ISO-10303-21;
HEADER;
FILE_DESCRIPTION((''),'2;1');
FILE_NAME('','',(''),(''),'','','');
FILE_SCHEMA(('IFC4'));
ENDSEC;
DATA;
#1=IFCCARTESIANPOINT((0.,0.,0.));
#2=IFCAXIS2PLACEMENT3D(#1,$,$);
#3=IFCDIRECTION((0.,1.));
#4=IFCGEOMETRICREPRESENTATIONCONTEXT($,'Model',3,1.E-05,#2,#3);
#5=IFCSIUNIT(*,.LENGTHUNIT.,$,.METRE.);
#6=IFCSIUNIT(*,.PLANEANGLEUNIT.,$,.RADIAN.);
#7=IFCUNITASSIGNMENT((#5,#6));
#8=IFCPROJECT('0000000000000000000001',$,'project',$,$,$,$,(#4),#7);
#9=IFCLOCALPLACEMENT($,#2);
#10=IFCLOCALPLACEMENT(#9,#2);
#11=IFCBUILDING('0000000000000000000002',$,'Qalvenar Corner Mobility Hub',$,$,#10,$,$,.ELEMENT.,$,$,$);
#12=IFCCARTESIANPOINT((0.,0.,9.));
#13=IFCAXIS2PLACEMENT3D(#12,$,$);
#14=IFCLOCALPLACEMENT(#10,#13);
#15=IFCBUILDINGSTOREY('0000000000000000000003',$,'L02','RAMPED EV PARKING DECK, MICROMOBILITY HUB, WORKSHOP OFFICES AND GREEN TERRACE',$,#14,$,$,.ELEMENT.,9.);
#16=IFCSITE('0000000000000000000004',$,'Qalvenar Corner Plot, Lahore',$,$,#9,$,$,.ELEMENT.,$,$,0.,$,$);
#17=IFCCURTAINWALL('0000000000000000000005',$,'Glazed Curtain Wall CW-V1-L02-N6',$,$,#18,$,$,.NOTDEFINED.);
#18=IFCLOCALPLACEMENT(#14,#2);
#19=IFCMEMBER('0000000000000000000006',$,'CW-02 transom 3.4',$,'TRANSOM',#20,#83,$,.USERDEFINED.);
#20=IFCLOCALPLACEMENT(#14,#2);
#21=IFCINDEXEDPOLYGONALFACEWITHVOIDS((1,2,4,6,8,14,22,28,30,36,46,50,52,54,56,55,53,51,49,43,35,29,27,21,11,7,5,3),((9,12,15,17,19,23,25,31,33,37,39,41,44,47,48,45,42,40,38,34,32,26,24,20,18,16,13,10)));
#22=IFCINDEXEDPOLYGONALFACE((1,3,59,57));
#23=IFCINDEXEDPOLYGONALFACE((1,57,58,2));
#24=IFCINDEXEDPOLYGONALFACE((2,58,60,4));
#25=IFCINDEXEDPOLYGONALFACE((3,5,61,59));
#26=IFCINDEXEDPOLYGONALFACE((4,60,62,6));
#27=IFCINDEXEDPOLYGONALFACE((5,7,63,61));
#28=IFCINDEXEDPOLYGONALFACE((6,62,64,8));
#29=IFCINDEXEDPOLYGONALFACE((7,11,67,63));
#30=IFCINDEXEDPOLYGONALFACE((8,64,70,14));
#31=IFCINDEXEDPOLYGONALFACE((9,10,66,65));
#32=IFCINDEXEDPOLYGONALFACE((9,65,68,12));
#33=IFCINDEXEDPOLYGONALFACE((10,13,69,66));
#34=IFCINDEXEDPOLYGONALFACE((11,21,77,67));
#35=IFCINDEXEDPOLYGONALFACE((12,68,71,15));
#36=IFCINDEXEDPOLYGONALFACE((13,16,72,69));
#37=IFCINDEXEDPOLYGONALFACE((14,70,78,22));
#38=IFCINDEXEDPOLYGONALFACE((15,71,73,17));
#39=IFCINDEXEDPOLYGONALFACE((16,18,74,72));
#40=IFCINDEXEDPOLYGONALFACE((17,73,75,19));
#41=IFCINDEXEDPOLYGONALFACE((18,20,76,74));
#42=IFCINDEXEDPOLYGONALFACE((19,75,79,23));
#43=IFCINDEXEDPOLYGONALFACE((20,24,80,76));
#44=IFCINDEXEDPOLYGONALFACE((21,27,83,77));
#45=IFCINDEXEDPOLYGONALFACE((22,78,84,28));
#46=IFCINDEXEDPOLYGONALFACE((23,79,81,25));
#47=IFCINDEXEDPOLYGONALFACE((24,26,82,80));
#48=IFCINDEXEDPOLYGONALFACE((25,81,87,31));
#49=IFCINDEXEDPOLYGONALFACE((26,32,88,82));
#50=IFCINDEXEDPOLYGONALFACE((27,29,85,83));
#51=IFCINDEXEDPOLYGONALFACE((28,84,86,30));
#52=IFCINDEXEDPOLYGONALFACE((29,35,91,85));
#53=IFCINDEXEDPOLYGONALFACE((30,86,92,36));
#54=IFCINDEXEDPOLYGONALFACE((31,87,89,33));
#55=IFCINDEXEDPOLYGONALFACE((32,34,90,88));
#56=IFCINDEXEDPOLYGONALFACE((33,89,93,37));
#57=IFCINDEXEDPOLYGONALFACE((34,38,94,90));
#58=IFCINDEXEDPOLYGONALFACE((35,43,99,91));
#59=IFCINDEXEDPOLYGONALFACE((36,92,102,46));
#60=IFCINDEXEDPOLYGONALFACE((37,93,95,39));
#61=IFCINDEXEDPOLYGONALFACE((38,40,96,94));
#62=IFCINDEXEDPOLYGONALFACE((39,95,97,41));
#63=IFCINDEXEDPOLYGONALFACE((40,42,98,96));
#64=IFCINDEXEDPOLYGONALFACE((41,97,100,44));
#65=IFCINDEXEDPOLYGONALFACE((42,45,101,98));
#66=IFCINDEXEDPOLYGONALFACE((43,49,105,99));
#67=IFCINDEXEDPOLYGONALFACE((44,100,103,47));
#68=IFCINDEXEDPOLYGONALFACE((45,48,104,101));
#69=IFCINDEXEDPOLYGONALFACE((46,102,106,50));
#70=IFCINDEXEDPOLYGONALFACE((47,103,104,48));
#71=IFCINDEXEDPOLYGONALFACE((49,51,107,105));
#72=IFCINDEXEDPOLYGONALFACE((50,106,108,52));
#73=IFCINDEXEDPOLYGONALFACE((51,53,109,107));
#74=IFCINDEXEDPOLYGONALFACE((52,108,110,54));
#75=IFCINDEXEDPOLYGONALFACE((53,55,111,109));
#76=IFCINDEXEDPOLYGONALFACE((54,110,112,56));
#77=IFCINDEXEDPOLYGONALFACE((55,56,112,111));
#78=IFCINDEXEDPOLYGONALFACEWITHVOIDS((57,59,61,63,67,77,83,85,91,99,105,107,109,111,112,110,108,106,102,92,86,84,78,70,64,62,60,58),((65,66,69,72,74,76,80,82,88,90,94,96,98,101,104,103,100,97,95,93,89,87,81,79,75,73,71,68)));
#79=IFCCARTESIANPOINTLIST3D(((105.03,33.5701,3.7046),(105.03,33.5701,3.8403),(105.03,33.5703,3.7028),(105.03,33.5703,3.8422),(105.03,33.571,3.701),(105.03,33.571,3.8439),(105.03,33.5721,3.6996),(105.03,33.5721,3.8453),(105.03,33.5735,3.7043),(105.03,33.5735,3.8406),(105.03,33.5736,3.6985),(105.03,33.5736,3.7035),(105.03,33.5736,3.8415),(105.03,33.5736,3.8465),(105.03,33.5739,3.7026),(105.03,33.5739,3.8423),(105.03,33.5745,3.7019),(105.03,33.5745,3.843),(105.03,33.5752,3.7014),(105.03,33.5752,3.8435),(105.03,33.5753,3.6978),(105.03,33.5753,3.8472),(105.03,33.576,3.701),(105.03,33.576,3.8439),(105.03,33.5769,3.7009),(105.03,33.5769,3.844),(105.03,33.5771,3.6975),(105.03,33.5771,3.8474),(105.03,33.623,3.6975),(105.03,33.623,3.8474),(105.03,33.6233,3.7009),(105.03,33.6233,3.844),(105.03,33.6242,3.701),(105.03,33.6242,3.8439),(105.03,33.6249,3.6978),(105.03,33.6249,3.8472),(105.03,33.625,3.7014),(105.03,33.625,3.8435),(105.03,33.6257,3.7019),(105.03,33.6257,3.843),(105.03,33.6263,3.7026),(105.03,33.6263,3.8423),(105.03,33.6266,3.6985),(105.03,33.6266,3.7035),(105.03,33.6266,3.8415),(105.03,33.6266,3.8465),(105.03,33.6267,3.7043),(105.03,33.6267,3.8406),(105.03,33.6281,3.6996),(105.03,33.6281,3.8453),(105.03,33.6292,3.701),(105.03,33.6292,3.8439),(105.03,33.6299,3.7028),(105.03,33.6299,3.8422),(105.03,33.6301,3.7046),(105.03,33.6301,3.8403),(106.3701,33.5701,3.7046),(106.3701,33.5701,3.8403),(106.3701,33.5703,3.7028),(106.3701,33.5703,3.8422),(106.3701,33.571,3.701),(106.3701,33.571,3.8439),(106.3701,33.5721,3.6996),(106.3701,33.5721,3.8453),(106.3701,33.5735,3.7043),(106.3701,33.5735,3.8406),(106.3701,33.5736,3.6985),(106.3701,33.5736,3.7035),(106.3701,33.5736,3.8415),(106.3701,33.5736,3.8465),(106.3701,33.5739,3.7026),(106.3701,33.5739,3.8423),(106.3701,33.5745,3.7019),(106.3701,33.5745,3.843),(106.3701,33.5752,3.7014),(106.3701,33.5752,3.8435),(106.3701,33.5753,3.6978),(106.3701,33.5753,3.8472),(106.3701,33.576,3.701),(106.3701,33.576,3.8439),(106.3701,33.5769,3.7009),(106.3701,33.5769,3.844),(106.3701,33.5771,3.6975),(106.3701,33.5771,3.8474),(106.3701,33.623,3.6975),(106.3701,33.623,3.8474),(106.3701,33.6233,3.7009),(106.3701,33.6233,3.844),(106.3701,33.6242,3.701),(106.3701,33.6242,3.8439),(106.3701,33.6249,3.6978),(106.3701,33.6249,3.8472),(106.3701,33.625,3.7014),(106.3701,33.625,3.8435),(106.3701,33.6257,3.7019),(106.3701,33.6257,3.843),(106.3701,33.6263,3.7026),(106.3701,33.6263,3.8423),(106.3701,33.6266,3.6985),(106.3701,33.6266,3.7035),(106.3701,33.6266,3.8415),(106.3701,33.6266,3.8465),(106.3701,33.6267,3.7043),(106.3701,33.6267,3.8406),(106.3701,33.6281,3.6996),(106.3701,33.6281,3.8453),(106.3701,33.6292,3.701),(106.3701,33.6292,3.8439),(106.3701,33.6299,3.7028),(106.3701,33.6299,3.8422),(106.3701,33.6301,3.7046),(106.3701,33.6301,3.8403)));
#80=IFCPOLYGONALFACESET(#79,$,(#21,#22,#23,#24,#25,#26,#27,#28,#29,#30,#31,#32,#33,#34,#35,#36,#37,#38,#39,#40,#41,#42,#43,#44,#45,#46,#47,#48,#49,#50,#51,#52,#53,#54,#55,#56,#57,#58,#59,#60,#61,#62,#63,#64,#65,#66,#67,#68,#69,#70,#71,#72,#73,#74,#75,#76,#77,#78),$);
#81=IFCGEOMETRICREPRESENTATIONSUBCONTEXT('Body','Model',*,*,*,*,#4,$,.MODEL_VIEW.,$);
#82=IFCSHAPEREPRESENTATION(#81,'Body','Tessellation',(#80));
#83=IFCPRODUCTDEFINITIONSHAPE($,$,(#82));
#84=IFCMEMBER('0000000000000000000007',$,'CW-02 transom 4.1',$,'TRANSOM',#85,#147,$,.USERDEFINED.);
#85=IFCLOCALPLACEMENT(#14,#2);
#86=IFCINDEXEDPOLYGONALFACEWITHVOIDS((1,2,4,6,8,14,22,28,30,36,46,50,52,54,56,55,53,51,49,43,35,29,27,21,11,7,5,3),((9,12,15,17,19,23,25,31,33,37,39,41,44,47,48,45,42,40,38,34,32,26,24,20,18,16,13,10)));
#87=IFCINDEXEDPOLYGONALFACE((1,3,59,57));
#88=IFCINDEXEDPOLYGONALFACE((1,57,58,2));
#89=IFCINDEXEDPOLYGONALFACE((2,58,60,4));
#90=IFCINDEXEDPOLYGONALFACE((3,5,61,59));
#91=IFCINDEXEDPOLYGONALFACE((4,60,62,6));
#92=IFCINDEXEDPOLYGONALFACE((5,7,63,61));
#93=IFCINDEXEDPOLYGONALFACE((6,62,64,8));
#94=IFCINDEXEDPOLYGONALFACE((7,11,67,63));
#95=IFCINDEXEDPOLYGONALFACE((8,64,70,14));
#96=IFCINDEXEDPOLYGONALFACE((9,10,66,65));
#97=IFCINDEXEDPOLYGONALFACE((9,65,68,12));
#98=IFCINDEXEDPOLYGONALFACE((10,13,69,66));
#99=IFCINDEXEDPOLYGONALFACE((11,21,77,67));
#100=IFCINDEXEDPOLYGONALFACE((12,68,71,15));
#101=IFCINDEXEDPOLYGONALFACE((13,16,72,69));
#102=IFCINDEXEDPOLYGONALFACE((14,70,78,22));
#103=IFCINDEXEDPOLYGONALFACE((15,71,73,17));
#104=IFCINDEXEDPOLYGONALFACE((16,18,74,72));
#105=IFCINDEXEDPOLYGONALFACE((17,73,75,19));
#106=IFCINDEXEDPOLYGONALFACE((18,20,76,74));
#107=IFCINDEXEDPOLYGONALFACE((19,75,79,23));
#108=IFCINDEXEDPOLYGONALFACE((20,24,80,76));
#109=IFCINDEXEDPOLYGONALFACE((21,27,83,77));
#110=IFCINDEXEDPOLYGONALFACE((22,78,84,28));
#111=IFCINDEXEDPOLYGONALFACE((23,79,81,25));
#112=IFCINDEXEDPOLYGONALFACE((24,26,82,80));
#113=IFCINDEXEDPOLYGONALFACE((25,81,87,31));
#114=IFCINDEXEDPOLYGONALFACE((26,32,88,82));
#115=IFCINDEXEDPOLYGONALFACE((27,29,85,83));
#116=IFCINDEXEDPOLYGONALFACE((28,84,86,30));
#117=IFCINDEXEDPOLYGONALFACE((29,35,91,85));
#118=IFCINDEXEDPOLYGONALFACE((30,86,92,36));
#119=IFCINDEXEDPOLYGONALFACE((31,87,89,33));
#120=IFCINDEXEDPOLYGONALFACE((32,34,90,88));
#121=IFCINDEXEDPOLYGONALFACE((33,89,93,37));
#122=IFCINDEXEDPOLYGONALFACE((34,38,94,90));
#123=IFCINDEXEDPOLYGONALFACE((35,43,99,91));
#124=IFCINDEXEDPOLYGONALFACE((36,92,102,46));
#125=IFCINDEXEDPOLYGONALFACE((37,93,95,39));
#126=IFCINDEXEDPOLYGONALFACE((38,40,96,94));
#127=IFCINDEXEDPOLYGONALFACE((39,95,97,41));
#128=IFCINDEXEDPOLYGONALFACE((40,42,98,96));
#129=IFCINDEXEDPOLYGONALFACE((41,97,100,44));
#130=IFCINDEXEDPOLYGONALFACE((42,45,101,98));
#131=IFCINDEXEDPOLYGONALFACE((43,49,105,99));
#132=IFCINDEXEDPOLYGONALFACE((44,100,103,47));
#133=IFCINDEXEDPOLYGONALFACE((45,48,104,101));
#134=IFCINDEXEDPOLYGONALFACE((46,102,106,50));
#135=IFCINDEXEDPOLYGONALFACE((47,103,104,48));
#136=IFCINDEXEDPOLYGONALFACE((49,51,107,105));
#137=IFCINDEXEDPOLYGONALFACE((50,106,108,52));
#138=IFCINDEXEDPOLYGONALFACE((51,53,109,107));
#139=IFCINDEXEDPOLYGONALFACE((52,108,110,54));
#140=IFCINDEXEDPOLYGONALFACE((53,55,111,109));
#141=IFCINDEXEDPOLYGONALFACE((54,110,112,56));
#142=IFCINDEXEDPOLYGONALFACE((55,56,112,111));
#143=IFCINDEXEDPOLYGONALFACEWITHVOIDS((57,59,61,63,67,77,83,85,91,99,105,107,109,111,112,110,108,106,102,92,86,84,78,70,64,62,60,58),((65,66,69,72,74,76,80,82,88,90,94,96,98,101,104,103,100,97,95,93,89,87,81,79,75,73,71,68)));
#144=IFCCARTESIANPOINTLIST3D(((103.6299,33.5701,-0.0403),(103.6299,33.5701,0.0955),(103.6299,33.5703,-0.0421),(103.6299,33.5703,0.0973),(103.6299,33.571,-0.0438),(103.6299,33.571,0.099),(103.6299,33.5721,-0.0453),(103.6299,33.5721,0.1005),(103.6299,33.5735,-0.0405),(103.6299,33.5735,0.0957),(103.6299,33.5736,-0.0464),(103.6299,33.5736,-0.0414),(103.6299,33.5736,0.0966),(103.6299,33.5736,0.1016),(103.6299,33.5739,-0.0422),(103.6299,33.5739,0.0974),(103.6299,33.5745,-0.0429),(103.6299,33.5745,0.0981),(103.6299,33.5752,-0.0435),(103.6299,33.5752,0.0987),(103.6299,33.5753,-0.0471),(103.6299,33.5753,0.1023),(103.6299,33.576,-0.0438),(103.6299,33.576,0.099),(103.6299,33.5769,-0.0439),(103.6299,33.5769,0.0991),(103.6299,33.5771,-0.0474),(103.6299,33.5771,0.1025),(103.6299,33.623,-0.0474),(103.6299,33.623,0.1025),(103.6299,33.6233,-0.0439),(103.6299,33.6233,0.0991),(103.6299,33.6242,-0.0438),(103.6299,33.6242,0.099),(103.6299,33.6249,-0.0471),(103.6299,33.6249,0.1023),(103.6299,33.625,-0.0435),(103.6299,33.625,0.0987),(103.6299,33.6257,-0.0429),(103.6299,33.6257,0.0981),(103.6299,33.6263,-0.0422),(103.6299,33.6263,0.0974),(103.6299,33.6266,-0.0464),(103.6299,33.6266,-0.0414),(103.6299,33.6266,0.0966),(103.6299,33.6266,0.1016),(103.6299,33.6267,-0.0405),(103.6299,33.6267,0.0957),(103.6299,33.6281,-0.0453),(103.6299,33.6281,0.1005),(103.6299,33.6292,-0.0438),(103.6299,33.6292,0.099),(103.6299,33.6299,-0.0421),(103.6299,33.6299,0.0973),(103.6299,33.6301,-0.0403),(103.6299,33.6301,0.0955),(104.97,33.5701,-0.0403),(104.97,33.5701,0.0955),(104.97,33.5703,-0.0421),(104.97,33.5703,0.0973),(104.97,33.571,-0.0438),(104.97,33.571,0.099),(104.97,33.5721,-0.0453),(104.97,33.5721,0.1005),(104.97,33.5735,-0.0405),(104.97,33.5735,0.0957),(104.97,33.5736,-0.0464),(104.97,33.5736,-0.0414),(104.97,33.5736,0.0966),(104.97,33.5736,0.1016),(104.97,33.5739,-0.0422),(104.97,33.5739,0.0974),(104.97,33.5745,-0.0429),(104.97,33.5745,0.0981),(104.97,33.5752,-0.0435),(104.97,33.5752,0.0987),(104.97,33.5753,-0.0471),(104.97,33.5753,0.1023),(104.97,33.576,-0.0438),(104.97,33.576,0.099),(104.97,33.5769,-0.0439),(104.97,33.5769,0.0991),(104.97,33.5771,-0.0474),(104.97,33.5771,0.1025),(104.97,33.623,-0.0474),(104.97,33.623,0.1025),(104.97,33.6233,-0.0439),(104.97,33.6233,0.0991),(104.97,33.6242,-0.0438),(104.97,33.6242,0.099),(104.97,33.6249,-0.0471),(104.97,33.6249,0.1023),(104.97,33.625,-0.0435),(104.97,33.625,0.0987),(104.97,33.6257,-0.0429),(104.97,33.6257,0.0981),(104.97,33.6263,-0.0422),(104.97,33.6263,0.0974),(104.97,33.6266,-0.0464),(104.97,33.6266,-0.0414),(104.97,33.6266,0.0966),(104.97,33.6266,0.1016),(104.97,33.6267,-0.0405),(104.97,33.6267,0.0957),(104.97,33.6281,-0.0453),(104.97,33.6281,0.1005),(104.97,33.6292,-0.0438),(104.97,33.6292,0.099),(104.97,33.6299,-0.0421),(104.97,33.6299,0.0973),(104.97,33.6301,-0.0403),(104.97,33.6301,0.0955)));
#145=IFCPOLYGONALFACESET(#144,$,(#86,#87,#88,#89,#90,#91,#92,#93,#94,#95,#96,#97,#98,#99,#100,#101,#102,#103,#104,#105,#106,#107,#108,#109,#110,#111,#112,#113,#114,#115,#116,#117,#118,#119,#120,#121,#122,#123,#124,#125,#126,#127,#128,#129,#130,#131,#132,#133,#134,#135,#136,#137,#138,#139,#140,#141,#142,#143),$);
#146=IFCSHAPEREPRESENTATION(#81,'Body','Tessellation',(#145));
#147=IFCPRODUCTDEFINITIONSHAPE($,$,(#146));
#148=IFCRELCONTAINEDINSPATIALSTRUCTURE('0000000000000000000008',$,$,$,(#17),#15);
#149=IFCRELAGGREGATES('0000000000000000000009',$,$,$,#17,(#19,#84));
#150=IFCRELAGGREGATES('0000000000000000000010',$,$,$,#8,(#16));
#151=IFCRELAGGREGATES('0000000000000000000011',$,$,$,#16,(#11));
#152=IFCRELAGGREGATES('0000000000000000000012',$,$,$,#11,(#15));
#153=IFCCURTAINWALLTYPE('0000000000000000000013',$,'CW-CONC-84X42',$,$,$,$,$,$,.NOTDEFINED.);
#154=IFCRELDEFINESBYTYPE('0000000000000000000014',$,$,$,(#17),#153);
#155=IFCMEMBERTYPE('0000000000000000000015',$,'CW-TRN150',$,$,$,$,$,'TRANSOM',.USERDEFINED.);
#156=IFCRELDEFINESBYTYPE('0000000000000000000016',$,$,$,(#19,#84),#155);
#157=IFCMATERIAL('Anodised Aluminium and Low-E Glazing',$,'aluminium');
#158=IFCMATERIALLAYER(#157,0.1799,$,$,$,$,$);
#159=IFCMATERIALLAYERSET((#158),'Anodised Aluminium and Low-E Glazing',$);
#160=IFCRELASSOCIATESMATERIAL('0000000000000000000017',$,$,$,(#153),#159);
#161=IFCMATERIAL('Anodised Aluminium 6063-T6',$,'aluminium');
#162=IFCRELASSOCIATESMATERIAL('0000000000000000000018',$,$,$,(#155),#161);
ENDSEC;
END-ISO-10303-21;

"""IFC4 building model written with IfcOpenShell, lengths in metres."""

from ifc_helpers import new_model, si_unit, direction, frame, origin, origin_2d, place, context, subcontext, project, spatial, hollow_rectangle, extrude, material, layer, layer_set, material_profile, profile_set, type_object, element, aggregate, save


model = new_model("IFC4")

# Units and contexts
model_context = context("Model", 3, precision=1e-05, world=origin(), true_north=direction((0.0, 1.0)))
body_context = subcontext(model_context, "Body", "Model", "MODEL_VIEW")
ifc_project = project(units=[si_unit("LENGTHUNIT", "METRE"), si_unit("PLANEANGLEUNIT", "RADIAN")], contexts=[model_context])

# Site, building, storey
site_placement = place(None, origin())
site = spatial("IfcSite", under=ifc_project, at=site_placement, Name="Qalvenar Corner Plot, Lahore", CompositionType="ELEMENT", RefElevation=0.0)
building_placement = place(site_placement, origin())
building = spatial("IfcBuilding", under=site, at=building_placement, Name="Qalvenar Corner Mobility Hub", CompositionType="ELEMENT")
storey_placement = place(building_placement, frame((0.0, 0.0, 9.0)))
storey = spatial("IfcBuildingStorey", under=building, at=storey_placement, Name="L02", Description="RAMPED EV PARKING DECK, MICROMOBILITY HUB, WORKSHOP OFFICES AND GREEN TERRACE", CompositionType="ELEMENT", Elevation=9.0)

# Curtain wall, members
ifc_material_1 = material(Name="Anodised Aluminium and Low-E Glazing", Category="aluminium")
ifc_layer_1 = layer(ifc_material_1, 0.1799)
ifc_layer_set_1 = layer_set([ifc_layer_1], Name="Anodised Aluminium and Low-E Glazing")
curtain_wall_type = type_object("IfcCurtainWallType", Name="CW-CONC-84X42", PredefinedType="NOTDEFINED", material=ifc_layer_set_1)
curtain_wall_placement = place(storey_placement, origin())
curtain_wall = element("IfcCurtainWall", 1, at=curtain_wall_placement, inside=storey, type_object=curtain_wall_type, Name="Glazed Curtain Wall CW-V1-L02-N6", PredefinedType="NOTDEFINED")
ifc_material_2 = material(Name="Anodised Aluminium 6063-T6", Category="aluminium")
ifc_material_profile_1 = material_profile(ifc_material_2, hollow_rectangle(XDim=0.0601, YDim=0.1499, WallThickness=0.0034, InnerFilletRadius=0.0034, OuterFilletRadius=0.0071, at=origin_2d()), Name="RHS150x60x3.5")
ifc_profile_set_1 = profile_set([ifc_material_profile_1], Name="Anodised Aluminium 6063-T6")
member_type_1 = type_object("IfcMemberType", Name="CW-TRN150", ElementType="TRANSOM", PredefinedType="USERDEFINED", material=ifc_profile_set_1)
member_1_placement = place(storey_placement, frame((106.3701, 33.6001, 3.7725), z_axis=(-1.0, 0.0, 0.0), x_axis=(0.0, -1.0, 0.0)))
member_1 = element("IfcMember", 2, at=member_1_placement, type_object=member_type_1, Name="CW-02 transom 3.4", ObjectType="TRANSOM", PredefinedType="USERDEFINED", context=body_context, shape_type="SweptSolid", body=[
    extrude(hollow_rectangle(XDim=0.0601, YDim=0.1499, WallThickness=0.0034, InnerFilletRadius=0.0034, OuterFilletRadius=0.0071, at=origin_2d()), origin(), (0.0, 0.0, 1.0), 1.3401),
])
member_2_placement = place(storey_placement, frame((104.97, 33.6001, 0.0276), z_axis=(-1.0, 0.0, 0.0), x_axis=(0.0, -1.0, 0.0)))
member_2 = element("IfcMember", 3, at=member_2_placement, type_object=member_type_1, Name="CW-02 transom 4.1", ObjectType="TRANSOM", PredefinedType="USERDEFINED", context=body_context, shape_type="SweptSolid", body=[
    extrude(hollow_rectangle(XDim=0.0601, YDim=0.1499, WallThickness=0.0034, InnerFilletRadius=0.0034, OuterFilletRadius=0.0071, at=origin_2d()), origin(), (0.0, 0.0, 1.0), 1.3401),
])

aggregate(curtain_wall, [member_1, member_2])

save(model, "model.ifc")
